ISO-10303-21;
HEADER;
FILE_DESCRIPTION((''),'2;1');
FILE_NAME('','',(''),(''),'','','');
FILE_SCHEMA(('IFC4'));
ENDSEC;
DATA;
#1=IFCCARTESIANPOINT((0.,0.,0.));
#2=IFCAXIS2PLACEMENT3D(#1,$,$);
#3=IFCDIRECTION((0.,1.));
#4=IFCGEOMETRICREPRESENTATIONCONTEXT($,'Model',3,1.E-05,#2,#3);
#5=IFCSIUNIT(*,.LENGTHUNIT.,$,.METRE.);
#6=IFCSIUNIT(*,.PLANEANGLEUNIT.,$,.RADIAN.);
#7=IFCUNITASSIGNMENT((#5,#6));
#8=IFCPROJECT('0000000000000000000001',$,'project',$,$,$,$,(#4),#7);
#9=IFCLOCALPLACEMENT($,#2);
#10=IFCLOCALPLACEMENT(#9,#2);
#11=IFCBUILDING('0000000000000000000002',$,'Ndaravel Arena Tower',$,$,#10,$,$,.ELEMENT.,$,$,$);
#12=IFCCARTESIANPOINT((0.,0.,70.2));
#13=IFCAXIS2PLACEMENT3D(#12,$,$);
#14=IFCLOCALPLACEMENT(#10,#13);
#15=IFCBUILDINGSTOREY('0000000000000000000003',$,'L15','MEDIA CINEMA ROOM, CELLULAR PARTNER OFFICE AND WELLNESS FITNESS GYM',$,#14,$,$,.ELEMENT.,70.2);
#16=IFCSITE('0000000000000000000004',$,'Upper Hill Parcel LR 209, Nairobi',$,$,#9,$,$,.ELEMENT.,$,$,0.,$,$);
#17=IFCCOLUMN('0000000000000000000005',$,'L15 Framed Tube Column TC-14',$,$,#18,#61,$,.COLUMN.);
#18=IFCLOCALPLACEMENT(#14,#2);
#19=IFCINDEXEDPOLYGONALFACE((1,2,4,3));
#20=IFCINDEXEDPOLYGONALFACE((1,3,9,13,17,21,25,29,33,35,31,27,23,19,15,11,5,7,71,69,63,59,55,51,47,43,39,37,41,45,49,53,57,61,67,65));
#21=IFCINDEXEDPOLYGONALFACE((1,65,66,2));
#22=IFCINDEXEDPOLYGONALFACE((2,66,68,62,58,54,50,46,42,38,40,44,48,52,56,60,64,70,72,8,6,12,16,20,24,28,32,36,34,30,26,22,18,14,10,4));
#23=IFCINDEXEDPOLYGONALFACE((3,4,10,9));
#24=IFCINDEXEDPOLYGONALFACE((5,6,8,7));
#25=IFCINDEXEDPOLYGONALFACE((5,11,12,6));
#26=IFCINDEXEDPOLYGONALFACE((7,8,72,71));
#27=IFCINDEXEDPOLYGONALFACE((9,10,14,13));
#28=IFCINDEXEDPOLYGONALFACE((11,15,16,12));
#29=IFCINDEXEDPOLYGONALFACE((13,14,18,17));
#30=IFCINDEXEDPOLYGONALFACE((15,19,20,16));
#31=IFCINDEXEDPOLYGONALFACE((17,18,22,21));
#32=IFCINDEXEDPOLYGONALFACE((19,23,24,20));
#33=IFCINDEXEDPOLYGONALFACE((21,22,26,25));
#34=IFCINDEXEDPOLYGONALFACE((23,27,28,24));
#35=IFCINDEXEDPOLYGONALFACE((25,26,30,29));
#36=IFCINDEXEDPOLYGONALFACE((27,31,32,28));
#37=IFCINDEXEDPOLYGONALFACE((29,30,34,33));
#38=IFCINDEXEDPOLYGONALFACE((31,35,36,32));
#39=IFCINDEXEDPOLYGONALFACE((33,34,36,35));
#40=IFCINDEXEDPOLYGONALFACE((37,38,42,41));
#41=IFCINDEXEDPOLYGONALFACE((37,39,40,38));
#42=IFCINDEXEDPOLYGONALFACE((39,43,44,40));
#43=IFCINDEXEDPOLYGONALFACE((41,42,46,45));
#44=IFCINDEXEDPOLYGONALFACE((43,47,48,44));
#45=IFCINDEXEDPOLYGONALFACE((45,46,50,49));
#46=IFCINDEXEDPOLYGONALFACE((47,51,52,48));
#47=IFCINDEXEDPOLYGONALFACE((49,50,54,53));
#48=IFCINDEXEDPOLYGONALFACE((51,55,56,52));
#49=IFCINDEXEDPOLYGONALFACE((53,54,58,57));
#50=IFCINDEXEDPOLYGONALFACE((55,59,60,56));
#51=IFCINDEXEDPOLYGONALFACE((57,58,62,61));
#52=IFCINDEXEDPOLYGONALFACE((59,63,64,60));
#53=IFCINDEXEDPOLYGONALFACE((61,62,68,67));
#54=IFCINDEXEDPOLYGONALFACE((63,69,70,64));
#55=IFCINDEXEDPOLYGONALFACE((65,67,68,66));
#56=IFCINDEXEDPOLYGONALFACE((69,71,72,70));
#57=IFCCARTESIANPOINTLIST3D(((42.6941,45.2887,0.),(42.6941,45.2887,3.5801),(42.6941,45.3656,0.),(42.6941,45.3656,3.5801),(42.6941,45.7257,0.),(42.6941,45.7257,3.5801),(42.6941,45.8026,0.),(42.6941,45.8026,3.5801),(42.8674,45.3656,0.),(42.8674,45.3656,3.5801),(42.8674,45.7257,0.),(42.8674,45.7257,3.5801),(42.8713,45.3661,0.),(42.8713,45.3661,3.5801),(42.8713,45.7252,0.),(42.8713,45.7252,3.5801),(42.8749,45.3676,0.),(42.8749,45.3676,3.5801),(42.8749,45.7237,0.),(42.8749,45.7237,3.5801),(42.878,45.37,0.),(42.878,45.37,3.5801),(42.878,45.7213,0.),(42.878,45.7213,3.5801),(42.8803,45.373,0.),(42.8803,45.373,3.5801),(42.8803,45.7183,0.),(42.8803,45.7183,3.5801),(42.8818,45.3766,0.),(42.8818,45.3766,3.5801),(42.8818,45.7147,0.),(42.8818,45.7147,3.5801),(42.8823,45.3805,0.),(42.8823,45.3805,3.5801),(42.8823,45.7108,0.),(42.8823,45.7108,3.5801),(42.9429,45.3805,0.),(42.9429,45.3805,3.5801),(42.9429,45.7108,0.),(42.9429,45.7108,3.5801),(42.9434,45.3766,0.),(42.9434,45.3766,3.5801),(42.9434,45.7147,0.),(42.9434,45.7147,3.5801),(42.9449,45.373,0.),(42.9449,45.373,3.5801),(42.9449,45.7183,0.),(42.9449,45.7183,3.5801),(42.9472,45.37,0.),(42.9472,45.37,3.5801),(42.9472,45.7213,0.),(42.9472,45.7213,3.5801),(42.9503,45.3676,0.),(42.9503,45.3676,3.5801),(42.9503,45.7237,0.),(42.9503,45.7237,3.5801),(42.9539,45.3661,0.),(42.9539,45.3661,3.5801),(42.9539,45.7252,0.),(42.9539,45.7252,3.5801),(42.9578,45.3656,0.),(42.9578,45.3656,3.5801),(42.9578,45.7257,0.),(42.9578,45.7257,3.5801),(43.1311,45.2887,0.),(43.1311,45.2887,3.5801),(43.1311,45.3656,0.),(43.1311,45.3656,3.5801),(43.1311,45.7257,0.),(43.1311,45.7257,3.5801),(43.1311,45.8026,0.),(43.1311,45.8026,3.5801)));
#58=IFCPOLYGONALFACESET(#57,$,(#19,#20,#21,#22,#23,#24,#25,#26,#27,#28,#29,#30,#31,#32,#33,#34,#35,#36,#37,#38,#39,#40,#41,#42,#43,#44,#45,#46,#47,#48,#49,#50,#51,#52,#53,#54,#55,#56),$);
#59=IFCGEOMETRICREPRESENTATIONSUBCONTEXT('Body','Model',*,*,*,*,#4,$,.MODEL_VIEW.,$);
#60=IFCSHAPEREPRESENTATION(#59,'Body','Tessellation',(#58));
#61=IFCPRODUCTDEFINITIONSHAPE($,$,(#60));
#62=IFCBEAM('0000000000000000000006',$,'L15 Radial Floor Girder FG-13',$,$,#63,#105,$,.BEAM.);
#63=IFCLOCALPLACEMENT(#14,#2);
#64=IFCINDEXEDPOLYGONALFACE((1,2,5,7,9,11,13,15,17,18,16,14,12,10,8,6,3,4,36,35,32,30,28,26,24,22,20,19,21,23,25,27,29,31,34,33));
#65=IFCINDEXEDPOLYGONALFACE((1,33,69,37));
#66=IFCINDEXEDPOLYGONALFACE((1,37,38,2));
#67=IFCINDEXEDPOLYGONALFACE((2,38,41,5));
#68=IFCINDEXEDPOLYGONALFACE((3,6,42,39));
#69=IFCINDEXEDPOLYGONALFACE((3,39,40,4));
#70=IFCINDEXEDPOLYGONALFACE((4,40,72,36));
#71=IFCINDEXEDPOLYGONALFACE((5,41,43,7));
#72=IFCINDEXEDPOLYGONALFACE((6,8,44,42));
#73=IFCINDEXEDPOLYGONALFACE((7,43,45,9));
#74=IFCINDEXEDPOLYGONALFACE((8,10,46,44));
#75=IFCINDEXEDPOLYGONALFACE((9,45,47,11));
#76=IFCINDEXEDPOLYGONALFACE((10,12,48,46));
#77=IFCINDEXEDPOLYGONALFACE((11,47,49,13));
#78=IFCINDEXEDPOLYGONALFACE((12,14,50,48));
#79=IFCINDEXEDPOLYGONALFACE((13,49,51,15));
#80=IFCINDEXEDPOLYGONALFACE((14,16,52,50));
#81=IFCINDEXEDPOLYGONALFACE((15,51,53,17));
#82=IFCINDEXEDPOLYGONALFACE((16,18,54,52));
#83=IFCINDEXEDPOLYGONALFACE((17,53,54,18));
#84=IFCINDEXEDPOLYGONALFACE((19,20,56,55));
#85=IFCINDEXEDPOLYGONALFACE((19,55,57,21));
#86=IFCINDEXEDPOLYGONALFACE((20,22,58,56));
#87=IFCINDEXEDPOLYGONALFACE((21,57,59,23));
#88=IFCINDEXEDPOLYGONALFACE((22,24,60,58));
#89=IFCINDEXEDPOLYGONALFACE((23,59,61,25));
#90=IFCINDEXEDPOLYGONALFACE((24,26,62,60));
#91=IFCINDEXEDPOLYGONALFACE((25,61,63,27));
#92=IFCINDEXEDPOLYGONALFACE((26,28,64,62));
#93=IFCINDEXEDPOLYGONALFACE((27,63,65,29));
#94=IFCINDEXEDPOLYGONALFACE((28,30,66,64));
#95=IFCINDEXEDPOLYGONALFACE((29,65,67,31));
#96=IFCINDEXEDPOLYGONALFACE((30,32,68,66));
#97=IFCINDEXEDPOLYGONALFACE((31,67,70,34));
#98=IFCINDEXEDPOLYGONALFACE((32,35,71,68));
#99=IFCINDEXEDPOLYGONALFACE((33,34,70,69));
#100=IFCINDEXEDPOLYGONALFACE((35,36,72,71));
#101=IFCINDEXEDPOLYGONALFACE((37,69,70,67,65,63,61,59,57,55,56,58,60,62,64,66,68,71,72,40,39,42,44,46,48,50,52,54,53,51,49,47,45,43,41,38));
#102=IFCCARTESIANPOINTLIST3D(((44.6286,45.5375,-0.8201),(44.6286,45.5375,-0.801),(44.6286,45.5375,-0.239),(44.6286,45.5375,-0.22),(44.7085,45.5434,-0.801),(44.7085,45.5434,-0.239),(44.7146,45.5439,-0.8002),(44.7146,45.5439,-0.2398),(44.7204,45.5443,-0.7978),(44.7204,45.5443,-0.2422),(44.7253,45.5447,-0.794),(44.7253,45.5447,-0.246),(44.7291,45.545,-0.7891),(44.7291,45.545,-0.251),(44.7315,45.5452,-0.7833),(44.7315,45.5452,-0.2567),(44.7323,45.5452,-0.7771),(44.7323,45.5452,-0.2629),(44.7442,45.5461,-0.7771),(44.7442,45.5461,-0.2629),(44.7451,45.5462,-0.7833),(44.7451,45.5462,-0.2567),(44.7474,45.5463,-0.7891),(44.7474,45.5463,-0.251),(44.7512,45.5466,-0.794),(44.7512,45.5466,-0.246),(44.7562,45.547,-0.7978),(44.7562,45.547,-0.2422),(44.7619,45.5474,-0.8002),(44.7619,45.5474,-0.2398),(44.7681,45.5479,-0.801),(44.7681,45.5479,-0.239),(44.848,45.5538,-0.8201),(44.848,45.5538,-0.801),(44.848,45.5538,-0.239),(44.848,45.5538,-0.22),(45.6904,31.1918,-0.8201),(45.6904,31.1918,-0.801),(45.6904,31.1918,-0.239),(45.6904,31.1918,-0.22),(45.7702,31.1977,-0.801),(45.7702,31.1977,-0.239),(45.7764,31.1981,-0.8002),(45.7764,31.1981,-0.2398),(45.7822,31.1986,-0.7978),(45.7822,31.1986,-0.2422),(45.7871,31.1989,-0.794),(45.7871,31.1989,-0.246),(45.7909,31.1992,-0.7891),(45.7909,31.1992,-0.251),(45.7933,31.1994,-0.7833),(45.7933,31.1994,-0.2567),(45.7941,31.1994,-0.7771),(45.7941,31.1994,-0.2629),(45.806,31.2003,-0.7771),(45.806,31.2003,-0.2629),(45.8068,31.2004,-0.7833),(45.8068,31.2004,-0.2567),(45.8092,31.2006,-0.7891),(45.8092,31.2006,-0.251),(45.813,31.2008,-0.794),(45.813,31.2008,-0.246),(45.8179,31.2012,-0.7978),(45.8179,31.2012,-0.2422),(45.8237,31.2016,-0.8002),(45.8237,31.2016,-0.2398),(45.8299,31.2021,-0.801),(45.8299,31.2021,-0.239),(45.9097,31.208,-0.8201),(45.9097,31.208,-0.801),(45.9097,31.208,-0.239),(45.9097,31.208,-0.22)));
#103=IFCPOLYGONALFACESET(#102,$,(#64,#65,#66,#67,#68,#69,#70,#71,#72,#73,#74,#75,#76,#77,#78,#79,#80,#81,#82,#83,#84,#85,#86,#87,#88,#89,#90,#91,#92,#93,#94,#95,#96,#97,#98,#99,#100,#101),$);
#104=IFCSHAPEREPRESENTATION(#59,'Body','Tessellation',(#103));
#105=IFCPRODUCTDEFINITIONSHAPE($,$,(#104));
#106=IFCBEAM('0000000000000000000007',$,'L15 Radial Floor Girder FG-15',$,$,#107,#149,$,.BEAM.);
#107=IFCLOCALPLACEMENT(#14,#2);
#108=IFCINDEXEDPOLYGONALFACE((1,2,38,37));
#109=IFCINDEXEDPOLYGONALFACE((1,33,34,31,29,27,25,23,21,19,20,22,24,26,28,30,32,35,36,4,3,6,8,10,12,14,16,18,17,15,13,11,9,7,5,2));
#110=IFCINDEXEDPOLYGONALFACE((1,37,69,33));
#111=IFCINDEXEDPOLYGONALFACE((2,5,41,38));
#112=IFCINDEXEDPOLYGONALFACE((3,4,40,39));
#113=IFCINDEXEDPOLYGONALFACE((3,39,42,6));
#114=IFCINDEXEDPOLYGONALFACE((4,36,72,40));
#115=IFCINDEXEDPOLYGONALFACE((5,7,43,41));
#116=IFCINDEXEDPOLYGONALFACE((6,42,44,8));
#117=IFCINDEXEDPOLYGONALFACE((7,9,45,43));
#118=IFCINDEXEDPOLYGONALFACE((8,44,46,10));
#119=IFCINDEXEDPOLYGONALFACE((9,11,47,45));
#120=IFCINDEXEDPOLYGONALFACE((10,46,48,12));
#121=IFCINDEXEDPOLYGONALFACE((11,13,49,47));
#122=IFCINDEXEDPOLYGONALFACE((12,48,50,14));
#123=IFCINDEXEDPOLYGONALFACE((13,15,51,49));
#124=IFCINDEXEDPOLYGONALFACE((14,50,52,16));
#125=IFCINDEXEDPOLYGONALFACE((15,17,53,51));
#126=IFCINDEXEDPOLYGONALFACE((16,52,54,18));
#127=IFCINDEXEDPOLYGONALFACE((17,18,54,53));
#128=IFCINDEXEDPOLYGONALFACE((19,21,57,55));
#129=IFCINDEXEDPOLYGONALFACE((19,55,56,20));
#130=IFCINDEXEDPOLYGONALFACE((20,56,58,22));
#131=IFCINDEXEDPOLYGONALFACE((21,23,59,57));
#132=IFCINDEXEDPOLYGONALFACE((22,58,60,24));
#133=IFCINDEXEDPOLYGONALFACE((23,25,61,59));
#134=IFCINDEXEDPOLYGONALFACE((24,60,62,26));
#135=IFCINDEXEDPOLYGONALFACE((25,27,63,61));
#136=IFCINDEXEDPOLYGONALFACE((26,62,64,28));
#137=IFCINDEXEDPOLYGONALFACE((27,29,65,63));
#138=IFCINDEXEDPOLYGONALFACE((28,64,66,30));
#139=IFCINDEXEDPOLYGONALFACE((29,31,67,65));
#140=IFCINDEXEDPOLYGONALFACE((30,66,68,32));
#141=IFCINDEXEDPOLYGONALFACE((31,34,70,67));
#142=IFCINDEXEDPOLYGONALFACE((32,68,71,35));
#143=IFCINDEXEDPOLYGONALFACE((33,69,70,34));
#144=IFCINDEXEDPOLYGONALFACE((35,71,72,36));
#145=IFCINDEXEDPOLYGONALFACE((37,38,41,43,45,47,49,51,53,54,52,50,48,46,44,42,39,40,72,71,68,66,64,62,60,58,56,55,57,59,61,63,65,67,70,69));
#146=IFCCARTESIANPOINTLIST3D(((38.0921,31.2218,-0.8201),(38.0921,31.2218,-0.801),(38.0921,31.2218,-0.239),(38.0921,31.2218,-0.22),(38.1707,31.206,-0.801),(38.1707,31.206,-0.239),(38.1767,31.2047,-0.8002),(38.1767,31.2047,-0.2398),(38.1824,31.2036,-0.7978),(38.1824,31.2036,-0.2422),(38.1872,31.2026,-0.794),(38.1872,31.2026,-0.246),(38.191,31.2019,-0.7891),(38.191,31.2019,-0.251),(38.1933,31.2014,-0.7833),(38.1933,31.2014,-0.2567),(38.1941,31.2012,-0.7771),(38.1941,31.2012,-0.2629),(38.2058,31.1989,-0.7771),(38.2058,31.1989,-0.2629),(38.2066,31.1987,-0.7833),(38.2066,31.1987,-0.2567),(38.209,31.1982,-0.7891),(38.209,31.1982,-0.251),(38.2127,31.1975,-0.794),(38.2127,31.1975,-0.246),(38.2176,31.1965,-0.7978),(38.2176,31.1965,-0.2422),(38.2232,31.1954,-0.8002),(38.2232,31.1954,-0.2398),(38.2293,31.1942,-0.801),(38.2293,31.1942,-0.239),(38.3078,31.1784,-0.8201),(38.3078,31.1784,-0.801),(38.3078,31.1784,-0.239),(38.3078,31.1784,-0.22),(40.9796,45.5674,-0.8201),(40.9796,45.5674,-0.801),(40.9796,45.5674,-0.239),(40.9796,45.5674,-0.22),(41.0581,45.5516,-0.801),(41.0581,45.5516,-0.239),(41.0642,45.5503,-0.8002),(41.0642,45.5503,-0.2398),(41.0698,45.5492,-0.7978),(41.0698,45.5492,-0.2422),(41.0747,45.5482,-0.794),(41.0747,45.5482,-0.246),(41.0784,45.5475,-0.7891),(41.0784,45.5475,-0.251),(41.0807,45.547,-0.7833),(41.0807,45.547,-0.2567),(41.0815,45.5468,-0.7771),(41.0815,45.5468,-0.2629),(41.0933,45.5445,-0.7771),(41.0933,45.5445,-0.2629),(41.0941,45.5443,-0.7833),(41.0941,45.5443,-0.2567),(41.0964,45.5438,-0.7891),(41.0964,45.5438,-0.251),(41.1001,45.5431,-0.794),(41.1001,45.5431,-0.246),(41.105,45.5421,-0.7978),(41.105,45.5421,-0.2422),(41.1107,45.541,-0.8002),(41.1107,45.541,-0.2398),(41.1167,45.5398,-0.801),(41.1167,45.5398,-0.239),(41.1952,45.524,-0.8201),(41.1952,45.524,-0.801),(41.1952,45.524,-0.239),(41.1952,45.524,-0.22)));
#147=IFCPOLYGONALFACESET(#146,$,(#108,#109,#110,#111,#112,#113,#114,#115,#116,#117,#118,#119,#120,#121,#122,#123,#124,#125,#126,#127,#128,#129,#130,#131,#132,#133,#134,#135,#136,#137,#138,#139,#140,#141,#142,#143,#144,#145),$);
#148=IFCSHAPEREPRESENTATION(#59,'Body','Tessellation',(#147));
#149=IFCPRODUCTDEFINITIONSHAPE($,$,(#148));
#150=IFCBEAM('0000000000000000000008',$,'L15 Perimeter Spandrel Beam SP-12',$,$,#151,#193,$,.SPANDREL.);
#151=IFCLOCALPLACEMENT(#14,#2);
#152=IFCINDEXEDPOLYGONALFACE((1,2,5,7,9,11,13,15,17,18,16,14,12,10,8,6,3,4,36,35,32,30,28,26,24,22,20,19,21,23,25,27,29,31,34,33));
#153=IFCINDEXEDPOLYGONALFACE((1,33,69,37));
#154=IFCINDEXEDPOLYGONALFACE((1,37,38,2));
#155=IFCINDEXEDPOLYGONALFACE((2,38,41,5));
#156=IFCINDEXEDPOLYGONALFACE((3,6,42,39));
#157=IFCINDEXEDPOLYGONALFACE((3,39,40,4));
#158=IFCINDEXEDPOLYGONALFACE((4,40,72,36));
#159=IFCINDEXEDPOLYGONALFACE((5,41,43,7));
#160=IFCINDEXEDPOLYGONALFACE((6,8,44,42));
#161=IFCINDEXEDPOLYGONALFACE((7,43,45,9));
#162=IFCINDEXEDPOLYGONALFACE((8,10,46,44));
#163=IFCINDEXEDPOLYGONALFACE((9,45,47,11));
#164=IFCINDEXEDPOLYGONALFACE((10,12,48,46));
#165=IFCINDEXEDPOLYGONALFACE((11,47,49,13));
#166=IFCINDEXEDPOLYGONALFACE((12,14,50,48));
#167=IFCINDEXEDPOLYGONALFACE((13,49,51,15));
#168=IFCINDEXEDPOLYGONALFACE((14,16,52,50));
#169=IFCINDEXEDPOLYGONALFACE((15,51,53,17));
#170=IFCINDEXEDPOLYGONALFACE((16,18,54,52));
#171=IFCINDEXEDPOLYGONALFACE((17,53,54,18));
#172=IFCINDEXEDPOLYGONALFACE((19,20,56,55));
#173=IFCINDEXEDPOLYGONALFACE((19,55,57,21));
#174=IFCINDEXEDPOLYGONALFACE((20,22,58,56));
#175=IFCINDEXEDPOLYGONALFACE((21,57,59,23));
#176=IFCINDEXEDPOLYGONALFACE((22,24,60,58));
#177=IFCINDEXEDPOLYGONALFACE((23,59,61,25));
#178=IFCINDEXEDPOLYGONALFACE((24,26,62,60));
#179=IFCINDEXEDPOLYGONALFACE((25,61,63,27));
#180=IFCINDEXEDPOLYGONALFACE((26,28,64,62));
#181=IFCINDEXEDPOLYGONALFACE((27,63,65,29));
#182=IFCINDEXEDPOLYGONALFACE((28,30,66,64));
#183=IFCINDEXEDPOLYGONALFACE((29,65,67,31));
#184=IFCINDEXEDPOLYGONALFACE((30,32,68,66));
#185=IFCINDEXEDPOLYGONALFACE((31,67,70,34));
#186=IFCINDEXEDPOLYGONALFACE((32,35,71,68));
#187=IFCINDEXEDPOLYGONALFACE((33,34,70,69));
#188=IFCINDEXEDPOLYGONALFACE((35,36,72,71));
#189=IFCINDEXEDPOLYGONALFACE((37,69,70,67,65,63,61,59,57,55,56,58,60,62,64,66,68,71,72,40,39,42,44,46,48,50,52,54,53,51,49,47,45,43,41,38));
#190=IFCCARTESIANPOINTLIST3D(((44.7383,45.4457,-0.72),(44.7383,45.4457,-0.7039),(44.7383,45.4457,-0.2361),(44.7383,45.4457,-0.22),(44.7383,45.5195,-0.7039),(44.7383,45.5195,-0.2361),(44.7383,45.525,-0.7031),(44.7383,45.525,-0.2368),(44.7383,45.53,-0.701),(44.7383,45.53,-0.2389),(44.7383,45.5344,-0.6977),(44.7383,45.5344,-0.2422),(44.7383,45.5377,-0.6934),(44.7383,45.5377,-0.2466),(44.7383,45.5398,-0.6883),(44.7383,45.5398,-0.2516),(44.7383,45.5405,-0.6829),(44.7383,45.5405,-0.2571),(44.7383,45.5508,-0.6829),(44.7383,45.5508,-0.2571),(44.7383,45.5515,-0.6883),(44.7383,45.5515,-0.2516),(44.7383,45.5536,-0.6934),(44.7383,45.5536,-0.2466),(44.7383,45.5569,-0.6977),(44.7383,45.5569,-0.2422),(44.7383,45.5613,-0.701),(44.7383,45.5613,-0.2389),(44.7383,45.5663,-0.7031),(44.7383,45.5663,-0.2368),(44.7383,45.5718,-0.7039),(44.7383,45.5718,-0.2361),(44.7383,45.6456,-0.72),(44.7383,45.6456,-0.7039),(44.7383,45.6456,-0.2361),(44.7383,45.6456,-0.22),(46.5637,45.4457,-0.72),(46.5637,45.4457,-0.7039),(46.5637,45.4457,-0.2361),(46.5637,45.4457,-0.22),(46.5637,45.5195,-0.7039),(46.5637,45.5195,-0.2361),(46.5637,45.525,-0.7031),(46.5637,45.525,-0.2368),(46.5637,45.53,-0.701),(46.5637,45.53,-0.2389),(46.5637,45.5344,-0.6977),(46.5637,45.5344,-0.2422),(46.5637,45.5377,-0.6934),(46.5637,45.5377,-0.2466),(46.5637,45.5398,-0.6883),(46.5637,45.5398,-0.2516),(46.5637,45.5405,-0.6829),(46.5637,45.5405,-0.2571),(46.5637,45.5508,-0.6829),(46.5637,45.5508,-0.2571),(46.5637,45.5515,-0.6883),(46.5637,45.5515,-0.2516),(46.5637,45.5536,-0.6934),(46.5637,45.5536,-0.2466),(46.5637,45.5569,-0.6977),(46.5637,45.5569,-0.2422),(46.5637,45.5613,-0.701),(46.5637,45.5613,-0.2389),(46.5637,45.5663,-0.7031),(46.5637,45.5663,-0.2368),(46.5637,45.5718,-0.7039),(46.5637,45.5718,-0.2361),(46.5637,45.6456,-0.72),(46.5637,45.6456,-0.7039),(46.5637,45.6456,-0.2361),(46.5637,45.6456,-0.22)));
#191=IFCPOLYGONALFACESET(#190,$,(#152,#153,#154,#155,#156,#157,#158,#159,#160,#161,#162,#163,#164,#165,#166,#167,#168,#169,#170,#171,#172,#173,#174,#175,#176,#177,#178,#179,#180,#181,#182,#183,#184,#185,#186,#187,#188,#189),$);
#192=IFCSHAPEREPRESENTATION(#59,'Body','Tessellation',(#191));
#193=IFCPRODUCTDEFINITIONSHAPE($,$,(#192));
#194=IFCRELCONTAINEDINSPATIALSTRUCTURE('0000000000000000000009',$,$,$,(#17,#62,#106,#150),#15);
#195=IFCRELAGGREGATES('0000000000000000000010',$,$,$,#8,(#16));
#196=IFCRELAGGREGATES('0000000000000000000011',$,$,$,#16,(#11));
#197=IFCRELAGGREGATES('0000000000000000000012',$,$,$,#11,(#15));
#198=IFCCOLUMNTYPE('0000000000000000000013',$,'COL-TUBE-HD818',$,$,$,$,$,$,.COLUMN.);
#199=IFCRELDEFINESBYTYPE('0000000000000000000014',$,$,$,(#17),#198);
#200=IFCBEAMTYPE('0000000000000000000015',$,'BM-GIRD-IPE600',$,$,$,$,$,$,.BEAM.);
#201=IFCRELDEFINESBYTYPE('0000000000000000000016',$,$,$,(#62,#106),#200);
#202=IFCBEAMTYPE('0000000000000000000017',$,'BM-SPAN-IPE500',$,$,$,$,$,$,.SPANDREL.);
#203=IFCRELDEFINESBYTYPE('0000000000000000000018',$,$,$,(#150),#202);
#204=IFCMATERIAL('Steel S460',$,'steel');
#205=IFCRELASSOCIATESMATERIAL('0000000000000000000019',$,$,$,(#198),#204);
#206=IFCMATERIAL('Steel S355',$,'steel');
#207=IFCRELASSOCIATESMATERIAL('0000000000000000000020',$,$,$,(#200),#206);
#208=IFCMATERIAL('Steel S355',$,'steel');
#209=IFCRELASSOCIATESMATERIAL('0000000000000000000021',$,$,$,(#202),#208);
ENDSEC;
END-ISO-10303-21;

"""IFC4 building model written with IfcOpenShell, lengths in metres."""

from ifc_helpers import new_model, si_unit, direction, frame, origin, origin_2d, place, context, subcontext, project, spatial, i_section, extrude, material, material_profile, profile_set, type_object, element, save


model = new_model("IFC4")

# Units and contexts
model_context = context("Model", 3, precision=1e-05, world=origin(), true_north=direction((0.0, 1.0)))
body_context = subcontext(model_context, "Body", "Model", "MODEL_VIEW")
ifc_project = project(units=[si_unit("LENGTHUNIT", "METRE"), si_unit("PLANEANGLEUNIT", "RADIAN")], contexts=[model_context])

# Site, building, storey
site_placement = place(None, origin())
site = spatial("IfcSite", under=ifc_project, at=site_placement, Name="Upper Hill Parcel LR 209, Nairobi", CompositionType="ELEMENT", RefElevation=0.0)
building_placement = place(site_placement, origin())
building = spatial("IfcBuilding", under=site, at=building_placement, Name="Ndaravel Arena Tower", CompositionType="ELEMENT")
storey_placement = place(building_placement, frame((0.0, 0.0, 70.2)))
storey = spatial("IfcBuildingStorey", under=building, at=storey_placement, Name="L15", Description="MEDIA CINEMA ROOM, CELLULAR PARTNER OFFICE AND WELLNESS FITNESS GYM", CompositionType="ELEMENT", Elevation=70.2)

# Column
ifc_material_1 = material(Name="Steel S460", Category="steel")
ifc_material_profile_1 = material_profile(ifc_material_1, i_section(OverallWidth=0.437, OverallDepth=0.5139, WebThickness=0.0605, FlangeThickness=0.0769, FilletRadius=0.0149, at=origin_2d()), Name="HD 400x818")
ifc_profile_set_1 = profile_set([ifc_material_profile_1], Name="Steel S460")
column_type_1 = type_object("IfcColumnType", Name="COL-TUBE-HD818", PredefinedType="COLUMN", material=ifc_profile_set_1)
for number, where, z_axis, x_axis, name in (
    (1, (42.9126, 45.5457, 0.0), (0.0, 0.0, 1.0), (1.0, 0.0, 0.0), "L15 Framed Tube Column TC-14"),
):
    element("IfcColumn", number, at=place(storey_placement, frame(where, z_axis=z_axis, x_axis=x_axis)), inside=storey, type_object=column_type_1, Name=name, PredefinedType="COLUMN", context=body_context, shape_type="SweptSolid", body=[
        extrude(i_section(OverallWidth=0.437, OverallDepth=0.5139, WebThickness=0.0605, FlangeThickness=0.0769, FilletRadius=0.0149, at=origin_2d()), origin(), (0.0, 0.0, 1.0), 3.5801),
    ])

# Beams
ifc_material_2 = material(Name="Steel S355", Category="steel")
ifc_material_profile_2 = material_profile(ifc_material_2, i_section(OverallWidth=0.22, OverallDepth=0.6001, WebThickness=0.012, FlangeThickness=0.019, FilletRadius=0.0239, at=origin_2d()), Name="IPE 600")
ifc_profile_set_2 = profile_set([ifc_material_profile_2], Name="Steel S355")
beam_type_1 = type_object("IfcBeamType", Name="BM-GIRD-IPE600", PredefinedType="BEAM", material=ifc_profile_set_2)
beam_1_placement = place(storey_placement, frame((44.7383, 45.5457, -0.52), z_axis=(0.073811, -0.997272, 0.0), x_axis=(0.997272, 0.073811, 0.0)))
element("IfcBeam", 2, at=beam_1_placement, inside=storey, type_object=beam_type_1, Name="L15 Radial Floor Girder FG-13", PredefinedType="BEAM", context=body_context, shape_type="SweptSolid", body=[
    extrude(i_section(OverallWidth=0.22, OverallDepth=0.6001, WebThickness=0.012, FlangeThickness=0.019, FilletRadius=0.0239, at=origin_2d()), origin(), (0.0, 0.0, 1.0), 14.385),
])
beam_2_placement = place(storey_placement, frame((41.0874, 45.5457, -0.52), z_axis=(-0.197319, -0.980339, 0.0), x_axis=(0.980339, -0.197319, 0.0)))
element("IfcBeam", 3, at=beam_2_placement, inside=storey, type_object=beam_type_1, Name="L15 Radial Floor Girder FG-15", PredefinedType="BEAM", context=body_context, shape_type="SweptSolid", body=[
    extrude(i_section(OverallWidth=0.22, OverallDepth=0.6001, WebThickness=0.012, FlangeThickness=0.019, FilletRadius=0.0239, at=origin_2d()), origin(), (0.0, 0.0, 1.0), 14.6333),
])
ifc_material_3 = material(Name="Steel S355", Category="steel")
ifc_material_profile_3 = material_profile(ifc_material_3, i_section(OverallWidth=0.2, OverallDepth=0.5, WebThickness=0.0103, FlangeThickness=0.0161, FilletRadius=0.021, at=origin_2d()), Name="IPE 500")
ifc_profile_set_3 = profile_set([ifc_material_profile_3], Name="Steel S355")
beam_type_2 = type_object("IfcBeamType", Name="BM-SPAN-IPE500", PredefinedType="SPANDREL", material=ifc_profile_set_3)
beam_3_placement = place(storey_placement, frame((46.5637, 45.5457, -0.47), z_axis=(-1.0, 0.0, 0.0), x_axis=(0.0, -1.0, 0.0)))
element("IfcBeam", 4, at=beam_3_placement, inside=storey, type_object=beam_type_2, Name="L15 Perimeter Spandrel Beam SP-12", PredefinedType="SPANDREL", context=body_context, shape_type="SweptSolid", body=[
    extrude(i_section(OverallWidth=0.2, OverallDepth=0.5, WebThickness=0.0103, FlangeThickness=0.0161, FilletRadius=0.021, at=origin_2d()), origin(), (0.0, 0.0, 1.0), 1.8254),
])

save(model, "model.ifc")
